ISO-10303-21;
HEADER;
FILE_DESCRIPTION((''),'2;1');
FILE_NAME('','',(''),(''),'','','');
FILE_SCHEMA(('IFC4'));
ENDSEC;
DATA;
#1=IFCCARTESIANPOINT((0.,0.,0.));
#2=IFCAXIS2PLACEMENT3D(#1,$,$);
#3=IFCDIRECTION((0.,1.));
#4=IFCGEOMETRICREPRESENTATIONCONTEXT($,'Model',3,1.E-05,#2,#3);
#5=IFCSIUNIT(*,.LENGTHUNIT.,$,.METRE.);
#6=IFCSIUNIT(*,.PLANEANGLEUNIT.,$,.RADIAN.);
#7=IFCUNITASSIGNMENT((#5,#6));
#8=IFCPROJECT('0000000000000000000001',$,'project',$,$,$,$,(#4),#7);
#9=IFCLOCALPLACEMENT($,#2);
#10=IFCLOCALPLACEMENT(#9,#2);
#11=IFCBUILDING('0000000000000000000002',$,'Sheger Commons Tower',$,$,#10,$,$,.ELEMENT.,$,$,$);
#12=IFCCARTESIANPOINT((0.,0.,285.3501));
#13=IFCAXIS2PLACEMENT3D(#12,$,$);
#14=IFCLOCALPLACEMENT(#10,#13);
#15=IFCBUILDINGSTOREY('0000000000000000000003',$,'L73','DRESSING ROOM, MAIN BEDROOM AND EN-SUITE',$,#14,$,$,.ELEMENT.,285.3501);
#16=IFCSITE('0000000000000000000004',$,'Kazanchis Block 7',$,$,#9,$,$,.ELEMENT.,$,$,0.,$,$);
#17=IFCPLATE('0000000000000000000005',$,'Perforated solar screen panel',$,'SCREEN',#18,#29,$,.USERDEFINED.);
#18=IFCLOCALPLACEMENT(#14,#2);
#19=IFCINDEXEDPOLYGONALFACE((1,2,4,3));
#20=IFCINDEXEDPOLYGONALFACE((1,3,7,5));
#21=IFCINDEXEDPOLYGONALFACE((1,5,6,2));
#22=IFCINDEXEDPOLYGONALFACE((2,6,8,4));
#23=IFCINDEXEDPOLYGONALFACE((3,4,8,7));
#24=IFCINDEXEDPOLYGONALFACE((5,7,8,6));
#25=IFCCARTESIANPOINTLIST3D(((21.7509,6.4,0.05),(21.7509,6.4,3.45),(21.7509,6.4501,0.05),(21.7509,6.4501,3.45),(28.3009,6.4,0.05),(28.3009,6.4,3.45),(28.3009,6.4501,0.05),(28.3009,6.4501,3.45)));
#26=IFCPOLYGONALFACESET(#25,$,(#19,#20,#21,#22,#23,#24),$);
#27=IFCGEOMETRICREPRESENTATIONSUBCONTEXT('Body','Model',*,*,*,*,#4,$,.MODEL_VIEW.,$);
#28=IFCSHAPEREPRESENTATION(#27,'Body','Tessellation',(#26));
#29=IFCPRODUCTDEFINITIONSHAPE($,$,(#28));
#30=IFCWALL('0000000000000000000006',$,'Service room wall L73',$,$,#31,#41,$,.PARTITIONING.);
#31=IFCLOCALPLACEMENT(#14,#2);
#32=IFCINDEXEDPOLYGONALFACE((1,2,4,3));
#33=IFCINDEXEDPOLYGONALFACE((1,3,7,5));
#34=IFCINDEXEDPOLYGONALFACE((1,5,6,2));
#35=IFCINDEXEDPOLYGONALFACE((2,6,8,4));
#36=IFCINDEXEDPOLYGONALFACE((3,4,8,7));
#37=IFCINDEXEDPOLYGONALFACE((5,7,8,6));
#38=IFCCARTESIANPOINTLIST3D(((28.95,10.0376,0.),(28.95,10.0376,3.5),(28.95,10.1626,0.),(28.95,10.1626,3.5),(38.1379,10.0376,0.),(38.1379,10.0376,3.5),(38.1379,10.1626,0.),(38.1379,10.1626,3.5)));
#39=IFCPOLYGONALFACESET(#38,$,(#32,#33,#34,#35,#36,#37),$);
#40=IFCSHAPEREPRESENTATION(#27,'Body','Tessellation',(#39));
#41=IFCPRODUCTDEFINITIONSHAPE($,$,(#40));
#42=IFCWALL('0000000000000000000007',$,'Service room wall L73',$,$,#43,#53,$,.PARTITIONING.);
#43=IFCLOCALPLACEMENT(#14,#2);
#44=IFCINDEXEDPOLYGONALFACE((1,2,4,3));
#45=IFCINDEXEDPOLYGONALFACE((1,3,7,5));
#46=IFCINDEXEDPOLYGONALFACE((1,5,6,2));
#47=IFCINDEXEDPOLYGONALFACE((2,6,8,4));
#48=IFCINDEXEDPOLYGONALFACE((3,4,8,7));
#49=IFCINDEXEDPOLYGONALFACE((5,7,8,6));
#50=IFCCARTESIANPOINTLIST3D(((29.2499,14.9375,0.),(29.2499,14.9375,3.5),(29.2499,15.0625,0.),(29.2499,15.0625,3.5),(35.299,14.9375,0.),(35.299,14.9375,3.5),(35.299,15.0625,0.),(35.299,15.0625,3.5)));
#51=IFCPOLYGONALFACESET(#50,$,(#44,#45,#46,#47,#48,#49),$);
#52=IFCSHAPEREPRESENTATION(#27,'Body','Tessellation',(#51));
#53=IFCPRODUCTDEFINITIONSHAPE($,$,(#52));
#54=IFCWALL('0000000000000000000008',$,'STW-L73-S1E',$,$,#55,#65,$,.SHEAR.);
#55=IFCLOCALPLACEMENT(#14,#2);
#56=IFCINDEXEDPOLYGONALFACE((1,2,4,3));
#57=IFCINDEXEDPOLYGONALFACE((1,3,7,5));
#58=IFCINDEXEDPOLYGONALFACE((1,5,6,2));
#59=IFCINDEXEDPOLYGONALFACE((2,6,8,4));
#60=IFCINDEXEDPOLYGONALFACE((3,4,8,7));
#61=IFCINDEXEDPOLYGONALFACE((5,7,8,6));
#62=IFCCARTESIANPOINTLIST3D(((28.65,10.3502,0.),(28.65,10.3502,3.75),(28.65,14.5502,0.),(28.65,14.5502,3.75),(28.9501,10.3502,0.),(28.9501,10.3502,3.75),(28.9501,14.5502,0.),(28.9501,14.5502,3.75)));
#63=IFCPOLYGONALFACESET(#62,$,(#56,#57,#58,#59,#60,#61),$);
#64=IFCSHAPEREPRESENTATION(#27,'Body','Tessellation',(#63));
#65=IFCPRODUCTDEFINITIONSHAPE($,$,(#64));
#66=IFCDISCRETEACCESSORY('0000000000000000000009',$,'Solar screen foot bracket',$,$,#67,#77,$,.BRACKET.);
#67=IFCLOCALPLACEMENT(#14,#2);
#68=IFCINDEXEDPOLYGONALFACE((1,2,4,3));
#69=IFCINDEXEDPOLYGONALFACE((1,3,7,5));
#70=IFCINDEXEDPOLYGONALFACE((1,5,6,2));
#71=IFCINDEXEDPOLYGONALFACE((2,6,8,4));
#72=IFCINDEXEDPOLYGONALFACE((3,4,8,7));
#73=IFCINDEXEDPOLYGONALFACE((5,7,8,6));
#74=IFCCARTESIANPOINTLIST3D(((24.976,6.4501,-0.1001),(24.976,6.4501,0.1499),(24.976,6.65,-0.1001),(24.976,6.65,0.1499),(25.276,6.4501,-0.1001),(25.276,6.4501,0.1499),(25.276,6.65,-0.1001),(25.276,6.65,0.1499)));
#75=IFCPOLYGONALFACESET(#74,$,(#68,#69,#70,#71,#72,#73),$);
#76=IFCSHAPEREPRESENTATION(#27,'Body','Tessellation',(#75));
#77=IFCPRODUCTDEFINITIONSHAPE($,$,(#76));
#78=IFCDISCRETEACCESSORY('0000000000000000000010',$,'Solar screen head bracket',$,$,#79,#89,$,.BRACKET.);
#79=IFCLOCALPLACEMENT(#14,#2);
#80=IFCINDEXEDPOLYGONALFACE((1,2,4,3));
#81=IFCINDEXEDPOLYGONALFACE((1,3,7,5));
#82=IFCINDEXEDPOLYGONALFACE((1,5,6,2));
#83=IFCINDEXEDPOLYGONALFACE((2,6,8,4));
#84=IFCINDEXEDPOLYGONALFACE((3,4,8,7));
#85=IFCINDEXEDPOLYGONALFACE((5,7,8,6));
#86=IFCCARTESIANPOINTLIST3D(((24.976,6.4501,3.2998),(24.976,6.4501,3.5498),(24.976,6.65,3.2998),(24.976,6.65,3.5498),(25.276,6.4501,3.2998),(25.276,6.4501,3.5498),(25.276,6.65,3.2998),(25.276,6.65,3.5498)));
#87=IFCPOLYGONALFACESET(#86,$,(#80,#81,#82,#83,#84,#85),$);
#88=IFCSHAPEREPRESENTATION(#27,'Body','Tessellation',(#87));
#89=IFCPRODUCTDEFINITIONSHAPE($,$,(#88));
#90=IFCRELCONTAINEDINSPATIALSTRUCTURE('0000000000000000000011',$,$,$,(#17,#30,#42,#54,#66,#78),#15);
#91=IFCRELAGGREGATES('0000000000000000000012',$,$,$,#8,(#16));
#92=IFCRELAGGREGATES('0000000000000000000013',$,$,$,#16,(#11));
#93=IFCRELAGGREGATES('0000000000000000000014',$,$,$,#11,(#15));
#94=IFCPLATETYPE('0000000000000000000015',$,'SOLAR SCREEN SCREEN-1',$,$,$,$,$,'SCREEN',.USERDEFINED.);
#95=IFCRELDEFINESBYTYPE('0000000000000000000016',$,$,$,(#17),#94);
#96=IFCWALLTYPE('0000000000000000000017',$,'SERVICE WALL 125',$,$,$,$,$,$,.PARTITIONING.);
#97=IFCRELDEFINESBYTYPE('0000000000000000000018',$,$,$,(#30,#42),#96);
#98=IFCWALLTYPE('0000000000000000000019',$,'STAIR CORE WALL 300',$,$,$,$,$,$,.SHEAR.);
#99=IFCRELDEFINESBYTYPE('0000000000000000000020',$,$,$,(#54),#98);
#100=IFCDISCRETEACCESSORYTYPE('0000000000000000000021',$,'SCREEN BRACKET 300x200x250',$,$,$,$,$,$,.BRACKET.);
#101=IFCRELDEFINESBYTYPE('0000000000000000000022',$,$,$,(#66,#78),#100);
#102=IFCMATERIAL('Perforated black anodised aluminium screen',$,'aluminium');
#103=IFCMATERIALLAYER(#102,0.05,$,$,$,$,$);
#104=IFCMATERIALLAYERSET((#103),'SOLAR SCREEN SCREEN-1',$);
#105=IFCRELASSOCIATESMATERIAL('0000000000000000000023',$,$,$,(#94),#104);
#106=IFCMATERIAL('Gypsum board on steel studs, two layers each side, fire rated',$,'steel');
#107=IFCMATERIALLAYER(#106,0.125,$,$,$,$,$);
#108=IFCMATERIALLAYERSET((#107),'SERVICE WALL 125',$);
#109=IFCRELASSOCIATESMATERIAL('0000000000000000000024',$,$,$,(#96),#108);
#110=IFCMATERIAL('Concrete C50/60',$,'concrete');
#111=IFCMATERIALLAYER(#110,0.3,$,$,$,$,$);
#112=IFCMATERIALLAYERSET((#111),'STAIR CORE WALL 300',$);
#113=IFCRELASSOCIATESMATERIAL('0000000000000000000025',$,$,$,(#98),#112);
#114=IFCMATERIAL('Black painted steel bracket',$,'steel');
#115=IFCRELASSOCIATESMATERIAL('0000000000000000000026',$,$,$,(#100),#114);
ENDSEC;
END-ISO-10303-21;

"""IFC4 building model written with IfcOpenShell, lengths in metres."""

from ifc_helpers import new_model, si_unit, direction, frame, frame_2d, origin, origin_2d, place, context, subcontext, project, spatial, rectangle, extrude, material, layer, layer_set, type_object, element, save


model = new_model("IFC4")

# Units and contexts
model_context = context("Model", 3, precision=1e-05, world=origin(), true_north=direction((0.0, 1.0)))
body_context = subcontext(model_context, "Body", "Model", "MODEL_VIEW")
ifc_project = project(units=[si_unit("LENGTHUNIT", "METRE"), si_unit("PLANEANGLEUNIT", "RADIAN")], contexts=[model_context])

# Site, building, storey
site_placement = place(None, origin())
site = spatial("IfcSite", under=ifc_project, at=site_placement, Name="Kazanchis Block 7", CompositionType="ELEMENT", RefElevation=0.0)
building_placement = place(site_placement, origin())
building = spatial("IfcBuilding", under=site, at=building_placement, Name="Sheger Commons Tower", CompositionType="ELEMENT")
storey_placement = place(building_placement, frame((0.0, 0.0, 285.3501)))
storey = spatial("IfcBuildingStorey", under=building, at=storey_placement, Name="L73", Description="DRESSING ROOM, MAIN BEDROOM AND EN-SUITE", CompositionType="ELEMENT", Elevation=285.3501)

# Plate
ifc_material_1 = material(Name="Perforated black anodised aluminium screen", Category="aluminium")
ifc_layer_1 = layer(ifc_material_1, 0.05)
ifc_layer_set_1 = layer_set([ifc_layer_1], Name="SOLAR SCREEN SCREEN-1")
plate_type_1 = type_object("IfcPlateType", Name="SOLAR SCREEN SCREEN-1", ElementType="SCREEN", PredefinedType="USERDEFINED", material=ifc_layer_set_1)
plate_1_placement = place(storey_placement, frame((25.0259, 6.425, 0.05), z_axis=(0.0, 0.0, 1.0), x_axis=(1.0, 0.0, 0.0)))
element("IfcPlate", 1, at=plate_1_placement, inside=storey, type_object=plate_type_1, Name="Perforated solar screen panel", ObjectType="SCREEN", PredefinedType="USERDEFINED", context=body_context, shape_type="SweptSolid", body=[
    extrude(rectangle(XDim=6.55, YDim=0.05, at=origin_2d()), origin(), (0.0, 0.0, 1.0), 3.3999),
])

# Walls
ifc_material_2 = material(Name="Gypsum board on steel studs, two layers each side, fire rated", Category="steel")
ifc_layer_2 = layer(ifc_material_2, 0.125)
ifc_layer_set_2 = layer_set([ifc_layer_2], Name="SERVICE WALL 125")
wall_type_1 = type_object("IfcWallType", Name="SERVICE WALL 125", PredefinedType="PARTITIONING", material=ifc_layer_set_2)
wall_1_placement = place(storey_placement, frame((28.95, 10.1001, 0.0), z_axis=(0.0, 0.0, 1.0), x_axis=(1.0, 0.0, 0.0)))
element("IfcWall", 2, at=wall_1_placement, inside=storey, type_object=wall_type_1, Name="Service room wall L73", PredefinedType="PARTITIONING", context=body_context, shape_type="SweptSolid", body=[
    extrude(rectangle(XDim=9.188, YDim=0.125, at=frame_2d((4.594, 0.0))), origin(), (0.0, 0.0, 1.0), 3.5),
])
wall_2_placement = place(storey_placement, frame((29.25, 15.0, 0.0), z_axis=(0.0, 0.0, 1.0), x_axis=(1.0, 0.0, 0.0)))
element("IfcWall", 3, at=wall_2_placement, inside=storey, type_object=wall_type_1, Name="Service room wall L73", PredefinedType="PARTITIONING", context=body_context, shape_type="SweptSolid", body=[
    extrude(rectangle(XDim=6.0491, YDim=0.125, at=frame_2d((3.0244, 0.0))), origin(), (0.0, 0.0, 1.0), 3.5),
])
ifc_material_3 = material(Name="Concrete C50/60", Category="concrete")
ifc_layer_3 = layer(ifc_material_3, 0.3)
ifc_layer_set_3 = layer_set([ifc_layer_3], Name="STAIR CORE WALL 300")
wall_type_2 = type_object("IfcWallType", Name="STAIR CORE WALL 300", PredefinedType="SHEAR", material=ifc_layer_set_3)
wall_3_placement = place(storey_placement, frame((28.8, 10.3501, 0.0), z_axis=(0.0, 0.0, 1.0), x_axis=(0.0, 1.0, 0.0)))
element("IfcWall", 4, at=wall_3_placement, inside=storey, type_object=wall_type_2, Name="STW-L73-S1E", PredefinedType="SHEAR", context=body_context, shape_type="SweptSolid", body=[
    extrude(rectangle(XDim=4.2, YDim=0.3, at=frame_2d((2.1001, 0.0))), origin(), (0.0, 0.0, 1.0), 3.75),
])

# Discrete accessories
ifc_material_4 = material(Name="Black painted steel bracket", Category="steel")
discrete_accessory_type = type_object("IfcDiscreteAccessoryType", Name="SCREEN BRACKET 300x200x250", PredefinedType="BRACKET", material=ifc_material_4)
for number, where, z_axis, x_axis, name in (
    (5, (25.126, 6.55, -0.1001), (0.0, 0.0, 1.0), (1.0, 0.0, 0.0), "Solar screen foot bracket"),
    (6, (25.126, 6.55, 3.2998), (0.0, 0.0, 1.0), (1.0, 0.0, 0.0), "Solar screen head bracket"),
):
    element("IfcDiscreteAccessory", number, at=place(storey_placement, frame(where, z_axis=z_axis, x_axis=x_axis)), inside=storey, type_object=discrete_accessory_type, Name=name, PredefinedType="BRACKET", context=body_context, shape_type="SweptSolid", body=[
        extrude(rectangle(XDim=0.3, YDim=0.2, at=origin_2d()), origin(), (0.0, 0.0, 1.0), 0.25),
    ])

save(model, "model.ifc")
